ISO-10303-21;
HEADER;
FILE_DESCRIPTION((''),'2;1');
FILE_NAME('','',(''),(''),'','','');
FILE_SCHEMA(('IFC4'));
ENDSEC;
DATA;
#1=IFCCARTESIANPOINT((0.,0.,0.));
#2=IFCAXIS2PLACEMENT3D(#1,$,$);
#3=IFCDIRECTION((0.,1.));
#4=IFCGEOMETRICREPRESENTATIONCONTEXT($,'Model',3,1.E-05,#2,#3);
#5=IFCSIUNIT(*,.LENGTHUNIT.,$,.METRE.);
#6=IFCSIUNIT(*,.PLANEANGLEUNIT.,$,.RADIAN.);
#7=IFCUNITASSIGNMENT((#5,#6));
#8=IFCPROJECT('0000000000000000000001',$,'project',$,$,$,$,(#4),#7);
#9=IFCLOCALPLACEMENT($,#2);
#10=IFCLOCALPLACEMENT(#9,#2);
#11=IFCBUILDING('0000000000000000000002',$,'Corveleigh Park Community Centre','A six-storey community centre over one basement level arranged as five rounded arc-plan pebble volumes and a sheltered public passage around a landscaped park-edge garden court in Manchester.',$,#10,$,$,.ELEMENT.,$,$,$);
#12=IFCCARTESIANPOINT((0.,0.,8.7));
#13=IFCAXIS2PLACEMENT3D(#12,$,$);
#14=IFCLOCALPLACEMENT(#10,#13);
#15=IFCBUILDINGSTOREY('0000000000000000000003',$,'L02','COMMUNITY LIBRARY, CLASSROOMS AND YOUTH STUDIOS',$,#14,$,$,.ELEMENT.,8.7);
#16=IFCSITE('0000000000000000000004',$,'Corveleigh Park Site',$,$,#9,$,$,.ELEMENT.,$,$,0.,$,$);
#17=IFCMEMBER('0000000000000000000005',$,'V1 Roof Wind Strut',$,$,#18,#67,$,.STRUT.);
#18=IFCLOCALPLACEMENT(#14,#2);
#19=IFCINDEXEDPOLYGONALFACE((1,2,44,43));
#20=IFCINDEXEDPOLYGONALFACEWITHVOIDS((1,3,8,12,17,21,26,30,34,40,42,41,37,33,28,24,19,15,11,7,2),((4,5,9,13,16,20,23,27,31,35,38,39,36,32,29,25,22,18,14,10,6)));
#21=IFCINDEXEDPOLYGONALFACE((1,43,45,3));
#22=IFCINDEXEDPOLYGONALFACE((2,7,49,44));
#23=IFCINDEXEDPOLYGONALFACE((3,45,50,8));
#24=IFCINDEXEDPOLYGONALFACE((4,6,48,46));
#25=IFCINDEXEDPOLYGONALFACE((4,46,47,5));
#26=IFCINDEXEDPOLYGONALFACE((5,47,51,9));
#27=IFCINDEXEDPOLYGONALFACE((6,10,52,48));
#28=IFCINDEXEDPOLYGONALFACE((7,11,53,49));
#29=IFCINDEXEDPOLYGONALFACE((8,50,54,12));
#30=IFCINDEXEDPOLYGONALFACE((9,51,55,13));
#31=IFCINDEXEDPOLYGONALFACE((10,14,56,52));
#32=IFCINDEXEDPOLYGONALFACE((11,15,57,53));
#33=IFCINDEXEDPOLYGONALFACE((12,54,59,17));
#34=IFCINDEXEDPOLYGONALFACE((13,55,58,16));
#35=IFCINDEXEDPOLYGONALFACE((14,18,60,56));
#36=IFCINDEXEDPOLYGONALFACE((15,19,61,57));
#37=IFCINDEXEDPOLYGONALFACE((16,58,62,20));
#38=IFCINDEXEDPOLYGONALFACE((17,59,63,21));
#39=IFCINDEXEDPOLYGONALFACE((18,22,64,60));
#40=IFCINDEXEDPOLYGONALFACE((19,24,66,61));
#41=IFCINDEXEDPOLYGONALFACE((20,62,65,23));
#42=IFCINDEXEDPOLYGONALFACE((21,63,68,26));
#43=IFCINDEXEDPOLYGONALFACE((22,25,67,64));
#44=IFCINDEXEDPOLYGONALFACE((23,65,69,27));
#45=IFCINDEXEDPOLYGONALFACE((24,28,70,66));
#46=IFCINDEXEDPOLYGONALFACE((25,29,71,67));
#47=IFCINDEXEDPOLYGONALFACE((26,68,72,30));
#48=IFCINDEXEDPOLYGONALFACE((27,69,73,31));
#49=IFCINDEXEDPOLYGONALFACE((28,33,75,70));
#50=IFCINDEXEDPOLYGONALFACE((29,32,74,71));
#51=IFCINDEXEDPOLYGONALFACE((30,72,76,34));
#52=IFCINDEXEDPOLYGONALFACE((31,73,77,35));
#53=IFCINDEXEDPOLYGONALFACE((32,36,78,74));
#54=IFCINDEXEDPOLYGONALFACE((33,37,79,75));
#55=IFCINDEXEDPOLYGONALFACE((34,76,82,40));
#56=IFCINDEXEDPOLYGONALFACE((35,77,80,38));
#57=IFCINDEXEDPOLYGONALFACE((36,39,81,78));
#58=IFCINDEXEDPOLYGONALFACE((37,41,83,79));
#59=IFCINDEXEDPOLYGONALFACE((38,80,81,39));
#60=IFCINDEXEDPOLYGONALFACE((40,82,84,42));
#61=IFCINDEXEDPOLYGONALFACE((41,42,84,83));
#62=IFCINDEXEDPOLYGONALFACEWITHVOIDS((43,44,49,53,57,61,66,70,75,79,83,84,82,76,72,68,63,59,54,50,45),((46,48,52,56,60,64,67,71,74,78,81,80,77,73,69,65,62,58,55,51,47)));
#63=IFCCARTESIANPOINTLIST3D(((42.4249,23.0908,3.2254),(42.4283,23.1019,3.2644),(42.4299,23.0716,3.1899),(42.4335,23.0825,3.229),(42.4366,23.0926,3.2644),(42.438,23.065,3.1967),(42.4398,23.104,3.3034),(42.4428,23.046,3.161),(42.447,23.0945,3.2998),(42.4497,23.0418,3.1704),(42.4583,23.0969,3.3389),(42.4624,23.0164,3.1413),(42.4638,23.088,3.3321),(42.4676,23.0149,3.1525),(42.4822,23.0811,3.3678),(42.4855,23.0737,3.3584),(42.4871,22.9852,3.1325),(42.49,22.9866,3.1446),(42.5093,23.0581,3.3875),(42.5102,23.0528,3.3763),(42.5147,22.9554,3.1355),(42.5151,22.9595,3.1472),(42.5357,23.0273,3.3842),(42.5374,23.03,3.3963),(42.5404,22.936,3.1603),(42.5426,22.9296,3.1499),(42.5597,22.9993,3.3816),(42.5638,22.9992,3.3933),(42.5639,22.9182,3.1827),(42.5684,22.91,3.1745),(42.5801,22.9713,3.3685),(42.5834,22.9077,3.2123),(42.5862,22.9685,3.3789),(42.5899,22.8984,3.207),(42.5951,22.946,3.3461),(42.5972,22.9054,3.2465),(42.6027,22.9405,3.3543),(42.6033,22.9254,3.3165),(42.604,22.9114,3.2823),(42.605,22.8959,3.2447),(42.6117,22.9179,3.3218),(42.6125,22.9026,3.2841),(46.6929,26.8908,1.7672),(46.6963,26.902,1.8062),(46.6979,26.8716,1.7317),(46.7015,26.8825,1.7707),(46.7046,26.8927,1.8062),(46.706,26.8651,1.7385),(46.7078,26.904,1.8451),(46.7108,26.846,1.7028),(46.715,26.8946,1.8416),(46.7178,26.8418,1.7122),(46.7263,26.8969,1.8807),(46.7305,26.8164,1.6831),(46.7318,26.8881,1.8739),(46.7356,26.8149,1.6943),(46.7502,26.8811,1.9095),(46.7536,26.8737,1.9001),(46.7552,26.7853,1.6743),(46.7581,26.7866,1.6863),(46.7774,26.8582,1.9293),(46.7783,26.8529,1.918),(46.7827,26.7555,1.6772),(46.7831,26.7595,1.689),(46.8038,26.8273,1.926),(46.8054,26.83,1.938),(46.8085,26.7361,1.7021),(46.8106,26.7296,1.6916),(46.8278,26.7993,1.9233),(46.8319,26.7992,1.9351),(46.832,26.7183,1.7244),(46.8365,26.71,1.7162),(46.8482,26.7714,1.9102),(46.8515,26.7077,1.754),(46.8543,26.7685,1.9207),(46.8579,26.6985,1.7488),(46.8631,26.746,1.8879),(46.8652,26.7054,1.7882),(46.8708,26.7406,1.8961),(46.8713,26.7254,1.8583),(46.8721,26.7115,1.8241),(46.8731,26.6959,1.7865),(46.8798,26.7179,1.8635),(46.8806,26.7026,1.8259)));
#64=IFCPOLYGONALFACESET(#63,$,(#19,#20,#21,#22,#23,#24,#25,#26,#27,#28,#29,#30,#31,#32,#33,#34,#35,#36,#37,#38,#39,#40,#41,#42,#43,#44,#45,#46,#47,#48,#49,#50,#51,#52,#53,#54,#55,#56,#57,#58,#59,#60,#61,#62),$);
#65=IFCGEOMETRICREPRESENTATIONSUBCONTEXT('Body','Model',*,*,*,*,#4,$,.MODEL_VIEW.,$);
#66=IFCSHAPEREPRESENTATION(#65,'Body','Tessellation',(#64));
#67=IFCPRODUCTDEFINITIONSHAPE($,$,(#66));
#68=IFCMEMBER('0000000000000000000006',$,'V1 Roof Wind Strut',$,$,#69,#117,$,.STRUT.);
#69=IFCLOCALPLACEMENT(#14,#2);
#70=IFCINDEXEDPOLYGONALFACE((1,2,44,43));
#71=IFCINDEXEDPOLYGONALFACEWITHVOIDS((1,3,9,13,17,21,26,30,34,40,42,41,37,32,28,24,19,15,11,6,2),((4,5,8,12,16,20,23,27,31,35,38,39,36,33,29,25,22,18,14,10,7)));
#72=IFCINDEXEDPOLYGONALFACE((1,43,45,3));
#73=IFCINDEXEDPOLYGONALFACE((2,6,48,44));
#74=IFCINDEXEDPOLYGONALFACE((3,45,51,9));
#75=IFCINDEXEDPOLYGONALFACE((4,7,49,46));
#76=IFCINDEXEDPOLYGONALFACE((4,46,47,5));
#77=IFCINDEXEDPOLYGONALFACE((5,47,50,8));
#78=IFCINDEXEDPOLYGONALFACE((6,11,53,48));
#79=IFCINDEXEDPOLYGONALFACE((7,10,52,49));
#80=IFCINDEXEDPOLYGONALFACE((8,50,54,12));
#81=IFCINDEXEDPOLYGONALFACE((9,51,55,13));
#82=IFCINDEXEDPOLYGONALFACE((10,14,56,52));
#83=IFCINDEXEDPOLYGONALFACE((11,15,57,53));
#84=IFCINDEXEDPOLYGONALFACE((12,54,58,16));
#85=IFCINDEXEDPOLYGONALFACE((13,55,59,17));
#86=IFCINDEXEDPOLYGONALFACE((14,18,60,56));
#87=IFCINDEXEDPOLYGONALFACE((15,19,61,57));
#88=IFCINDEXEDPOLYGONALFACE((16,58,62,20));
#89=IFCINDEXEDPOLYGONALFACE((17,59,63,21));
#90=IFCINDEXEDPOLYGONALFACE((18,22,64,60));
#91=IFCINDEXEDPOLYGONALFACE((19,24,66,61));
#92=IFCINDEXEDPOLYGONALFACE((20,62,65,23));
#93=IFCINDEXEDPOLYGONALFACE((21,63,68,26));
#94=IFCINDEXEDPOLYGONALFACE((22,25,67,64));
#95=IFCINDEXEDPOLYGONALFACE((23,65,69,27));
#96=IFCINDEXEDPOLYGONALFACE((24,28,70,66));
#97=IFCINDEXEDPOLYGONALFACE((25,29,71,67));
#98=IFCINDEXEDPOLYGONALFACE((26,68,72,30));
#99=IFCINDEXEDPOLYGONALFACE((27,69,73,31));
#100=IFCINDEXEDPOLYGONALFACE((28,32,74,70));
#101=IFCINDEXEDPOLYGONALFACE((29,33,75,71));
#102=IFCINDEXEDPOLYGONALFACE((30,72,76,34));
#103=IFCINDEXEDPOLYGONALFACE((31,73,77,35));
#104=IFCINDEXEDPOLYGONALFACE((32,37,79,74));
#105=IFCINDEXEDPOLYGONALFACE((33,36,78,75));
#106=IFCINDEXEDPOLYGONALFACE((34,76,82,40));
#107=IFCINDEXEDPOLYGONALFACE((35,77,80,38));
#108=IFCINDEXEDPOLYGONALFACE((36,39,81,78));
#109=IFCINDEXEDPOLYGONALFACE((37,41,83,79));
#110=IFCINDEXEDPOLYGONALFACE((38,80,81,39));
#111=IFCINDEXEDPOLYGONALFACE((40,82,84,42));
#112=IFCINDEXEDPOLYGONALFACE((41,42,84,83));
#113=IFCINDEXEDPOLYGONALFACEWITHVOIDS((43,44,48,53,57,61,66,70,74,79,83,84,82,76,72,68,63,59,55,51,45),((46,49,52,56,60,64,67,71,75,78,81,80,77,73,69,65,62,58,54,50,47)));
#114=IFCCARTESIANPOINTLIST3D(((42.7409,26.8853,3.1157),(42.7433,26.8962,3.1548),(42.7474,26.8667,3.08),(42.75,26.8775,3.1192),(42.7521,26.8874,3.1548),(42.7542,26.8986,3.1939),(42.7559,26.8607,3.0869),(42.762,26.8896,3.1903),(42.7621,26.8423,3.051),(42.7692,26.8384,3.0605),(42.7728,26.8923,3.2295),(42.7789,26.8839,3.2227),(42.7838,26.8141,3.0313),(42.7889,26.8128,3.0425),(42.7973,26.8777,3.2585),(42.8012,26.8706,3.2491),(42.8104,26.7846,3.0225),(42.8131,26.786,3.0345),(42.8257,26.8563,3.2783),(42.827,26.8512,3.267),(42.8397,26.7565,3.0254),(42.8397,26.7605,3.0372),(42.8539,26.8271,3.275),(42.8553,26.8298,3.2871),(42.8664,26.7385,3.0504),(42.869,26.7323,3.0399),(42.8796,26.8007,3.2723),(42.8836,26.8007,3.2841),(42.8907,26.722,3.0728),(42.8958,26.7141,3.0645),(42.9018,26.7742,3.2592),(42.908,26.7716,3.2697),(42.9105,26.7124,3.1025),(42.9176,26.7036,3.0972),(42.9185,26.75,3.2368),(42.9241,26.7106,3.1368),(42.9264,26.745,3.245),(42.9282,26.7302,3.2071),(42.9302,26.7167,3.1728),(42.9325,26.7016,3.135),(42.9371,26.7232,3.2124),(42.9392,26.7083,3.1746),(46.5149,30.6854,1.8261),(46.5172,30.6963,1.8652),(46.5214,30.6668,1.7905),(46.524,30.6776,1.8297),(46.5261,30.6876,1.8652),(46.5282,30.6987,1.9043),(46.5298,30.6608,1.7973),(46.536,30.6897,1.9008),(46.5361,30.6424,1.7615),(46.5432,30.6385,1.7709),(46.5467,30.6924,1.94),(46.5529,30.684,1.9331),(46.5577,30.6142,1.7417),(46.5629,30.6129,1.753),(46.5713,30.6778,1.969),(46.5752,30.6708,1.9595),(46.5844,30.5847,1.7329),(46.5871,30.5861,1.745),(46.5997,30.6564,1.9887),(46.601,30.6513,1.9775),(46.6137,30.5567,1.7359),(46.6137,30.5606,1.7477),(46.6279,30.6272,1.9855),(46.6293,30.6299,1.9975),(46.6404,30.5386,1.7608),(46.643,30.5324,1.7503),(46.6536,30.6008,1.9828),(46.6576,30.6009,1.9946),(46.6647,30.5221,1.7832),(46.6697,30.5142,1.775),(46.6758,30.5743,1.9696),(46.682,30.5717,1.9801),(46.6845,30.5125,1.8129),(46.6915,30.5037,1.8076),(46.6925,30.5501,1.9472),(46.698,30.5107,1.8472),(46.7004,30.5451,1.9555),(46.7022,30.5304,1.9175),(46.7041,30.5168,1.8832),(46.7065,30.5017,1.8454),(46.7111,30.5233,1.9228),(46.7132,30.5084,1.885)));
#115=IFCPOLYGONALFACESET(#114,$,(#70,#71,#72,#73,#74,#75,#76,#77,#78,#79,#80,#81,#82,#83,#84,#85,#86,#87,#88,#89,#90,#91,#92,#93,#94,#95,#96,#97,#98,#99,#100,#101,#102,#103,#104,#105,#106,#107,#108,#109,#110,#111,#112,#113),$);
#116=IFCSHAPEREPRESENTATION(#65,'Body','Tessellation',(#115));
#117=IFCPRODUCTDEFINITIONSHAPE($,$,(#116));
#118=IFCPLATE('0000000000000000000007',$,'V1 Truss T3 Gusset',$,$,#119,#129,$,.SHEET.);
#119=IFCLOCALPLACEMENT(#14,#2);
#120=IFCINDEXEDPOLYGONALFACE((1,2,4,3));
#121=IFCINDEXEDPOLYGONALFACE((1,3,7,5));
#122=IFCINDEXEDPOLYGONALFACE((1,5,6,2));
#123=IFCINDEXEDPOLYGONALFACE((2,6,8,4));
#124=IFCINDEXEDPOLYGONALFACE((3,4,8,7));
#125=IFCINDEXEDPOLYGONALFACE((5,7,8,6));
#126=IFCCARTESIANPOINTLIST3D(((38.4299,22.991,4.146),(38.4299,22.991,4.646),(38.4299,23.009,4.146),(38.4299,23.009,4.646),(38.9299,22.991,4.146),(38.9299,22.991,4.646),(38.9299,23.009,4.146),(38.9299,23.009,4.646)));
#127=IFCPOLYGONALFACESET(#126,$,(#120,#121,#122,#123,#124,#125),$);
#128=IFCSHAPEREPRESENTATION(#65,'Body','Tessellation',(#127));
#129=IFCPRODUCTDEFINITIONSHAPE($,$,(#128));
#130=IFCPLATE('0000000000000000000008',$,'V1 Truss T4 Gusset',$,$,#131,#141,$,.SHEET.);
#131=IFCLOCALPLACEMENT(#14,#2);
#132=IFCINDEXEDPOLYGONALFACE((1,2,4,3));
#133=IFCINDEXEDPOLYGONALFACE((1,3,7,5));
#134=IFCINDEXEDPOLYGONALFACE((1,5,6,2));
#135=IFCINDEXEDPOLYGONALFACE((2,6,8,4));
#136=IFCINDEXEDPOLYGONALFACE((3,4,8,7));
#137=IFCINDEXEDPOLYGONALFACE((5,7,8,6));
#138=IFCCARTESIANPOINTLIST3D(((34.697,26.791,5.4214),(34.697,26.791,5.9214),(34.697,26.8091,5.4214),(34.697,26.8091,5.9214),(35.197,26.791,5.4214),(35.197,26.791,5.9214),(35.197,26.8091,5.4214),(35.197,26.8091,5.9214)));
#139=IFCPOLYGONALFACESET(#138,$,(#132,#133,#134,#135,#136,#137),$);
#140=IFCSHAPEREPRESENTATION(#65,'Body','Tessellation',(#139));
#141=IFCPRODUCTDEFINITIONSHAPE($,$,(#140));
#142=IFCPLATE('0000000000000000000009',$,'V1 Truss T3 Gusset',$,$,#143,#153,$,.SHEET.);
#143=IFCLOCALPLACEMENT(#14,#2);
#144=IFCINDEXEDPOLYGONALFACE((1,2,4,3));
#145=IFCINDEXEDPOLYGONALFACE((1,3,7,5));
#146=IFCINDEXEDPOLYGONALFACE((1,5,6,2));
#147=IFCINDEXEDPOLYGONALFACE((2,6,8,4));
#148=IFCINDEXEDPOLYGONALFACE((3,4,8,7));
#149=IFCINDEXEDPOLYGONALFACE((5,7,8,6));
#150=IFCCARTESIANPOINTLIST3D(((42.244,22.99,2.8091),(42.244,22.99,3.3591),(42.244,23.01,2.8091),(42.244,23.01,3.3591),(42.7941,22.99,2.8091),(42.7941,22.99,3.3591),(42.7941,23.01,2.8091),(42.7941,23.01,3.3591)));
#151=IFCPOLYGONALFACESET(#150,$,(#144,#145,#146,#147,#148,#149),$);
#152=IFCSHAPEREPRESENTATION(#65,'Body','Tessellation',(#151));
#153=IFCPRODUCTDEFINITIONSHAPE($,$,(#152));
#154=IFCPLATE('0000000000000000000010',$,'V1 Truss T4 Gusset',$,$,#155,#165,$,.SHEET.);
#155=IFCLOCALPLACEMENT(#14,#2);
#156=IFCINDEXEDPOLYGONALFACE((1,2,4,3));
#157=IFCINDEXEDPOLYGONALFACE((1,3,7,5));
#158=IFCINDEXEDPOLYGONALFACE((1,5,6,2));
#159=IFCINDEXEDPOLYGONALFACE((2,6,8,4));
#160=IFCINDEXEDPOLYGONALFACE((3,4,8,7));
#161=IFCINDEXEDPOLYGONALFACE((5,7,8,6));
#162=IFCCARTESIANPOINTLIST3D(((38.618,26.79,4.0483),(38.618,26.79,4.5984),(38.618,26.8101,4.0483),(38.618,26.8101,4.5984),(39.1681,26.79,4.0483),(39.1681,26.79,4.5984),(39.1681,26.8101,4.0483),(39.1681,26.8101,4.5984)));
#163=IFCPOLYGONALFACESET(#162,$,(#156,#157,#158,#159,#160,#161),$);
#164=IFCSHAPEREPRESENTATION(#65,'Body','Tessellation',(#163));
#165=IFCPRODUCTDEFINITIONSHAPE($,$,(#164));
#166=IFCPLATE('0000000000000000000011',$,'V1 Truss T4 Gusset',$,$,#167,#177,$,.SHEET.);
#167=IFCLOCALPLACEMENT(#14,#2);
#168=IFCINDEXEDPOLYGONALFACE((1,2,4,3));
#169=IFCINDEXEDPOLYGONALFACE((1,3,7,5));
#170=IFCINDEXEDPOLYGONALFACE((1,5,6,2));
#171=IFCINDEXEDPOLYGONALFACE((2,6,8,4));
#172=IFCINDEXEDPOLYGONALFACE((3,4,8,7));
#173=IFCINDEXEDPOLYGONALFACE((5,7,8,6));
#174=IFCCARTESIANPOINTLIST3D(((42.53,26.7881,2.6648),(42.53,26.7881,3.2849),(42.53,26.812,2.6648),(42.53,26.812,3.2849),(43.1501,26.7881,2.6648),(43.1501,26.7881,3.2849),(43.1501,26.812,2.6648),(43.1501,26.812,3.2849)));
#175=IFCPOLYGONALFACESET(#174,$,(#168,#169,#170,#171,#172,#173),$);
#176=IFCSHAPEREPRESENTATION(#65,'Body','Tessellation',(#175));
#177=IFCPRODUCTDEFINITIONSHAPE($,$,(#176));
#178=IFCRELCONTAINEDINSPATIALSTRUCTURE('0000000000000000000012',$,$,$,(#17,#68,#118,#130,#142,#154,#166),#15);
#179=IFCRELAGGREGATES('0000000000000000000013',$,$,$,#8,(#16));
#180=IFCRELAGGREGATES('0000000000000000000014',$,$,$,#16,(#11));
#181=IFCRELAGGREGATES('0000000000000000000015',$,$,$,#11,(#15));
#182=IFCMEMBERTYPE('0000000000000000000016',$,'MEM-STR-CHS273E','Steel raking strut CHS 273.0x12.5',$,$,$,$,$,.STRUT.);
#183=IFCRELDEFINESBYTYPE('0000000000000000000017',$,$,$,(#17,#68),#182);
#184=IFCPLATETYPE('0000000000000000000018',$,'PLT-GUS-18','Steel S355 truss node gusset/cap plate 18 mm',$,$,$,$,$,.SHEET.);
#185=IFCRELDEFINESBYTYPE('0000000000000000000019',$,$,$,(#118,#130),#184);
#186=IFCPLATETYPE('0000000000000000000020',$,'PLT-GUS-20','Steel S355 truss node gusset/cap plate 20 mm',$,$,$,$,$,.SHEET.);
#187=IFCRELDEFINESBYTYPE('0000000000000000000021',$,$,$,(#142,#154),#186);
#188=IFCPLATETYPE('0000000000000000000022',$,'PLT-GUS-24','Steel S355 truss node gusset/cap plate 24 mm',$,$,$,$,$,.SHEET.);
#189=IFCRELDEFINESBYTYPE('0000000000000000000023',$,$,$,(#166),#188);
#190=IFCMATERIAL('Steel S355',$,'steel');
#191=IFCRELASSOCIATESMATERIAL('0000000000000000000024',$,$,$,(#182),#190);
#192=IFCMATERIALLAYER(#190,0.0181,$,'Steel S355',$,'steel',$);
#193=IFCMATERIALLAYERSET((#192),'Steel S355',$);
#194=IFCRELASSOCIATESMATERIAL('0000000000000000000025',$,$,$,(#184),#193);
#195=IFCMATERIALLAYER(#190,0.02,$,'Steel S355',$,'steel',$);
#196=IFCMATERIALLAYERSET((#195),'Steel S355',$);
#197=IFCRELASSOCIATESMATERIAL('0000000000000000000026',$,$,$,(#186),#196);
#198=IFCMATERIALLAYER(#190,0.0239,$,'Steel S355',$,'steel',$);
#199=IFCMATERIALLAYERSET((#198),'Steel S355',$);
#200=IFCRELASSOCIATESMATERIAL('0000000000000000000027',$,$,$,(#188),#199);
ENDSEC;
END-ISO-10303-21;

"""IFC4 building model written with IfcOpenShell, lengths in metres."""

from ifc_helpers import new_model, si_unit, direction, frame, origin, origin_2d, place, context, subcontext, project, spatial, rectangle, hollow_circle, extrude, material, layer, layer_set, material_profile, profile_set, type_object, element, save


model = new_model("IFC4")

# Units and contexts
model_context = context("Model", 3, precision=1e-05, world=origin(), true_north=direction((0.0, 1.0)))
body_context = subcontext(model_context, "Body", "Model", "MODEL_VIEW")
ifc_project = project(units=[si_unit("LENGTHUNIT", "METRE"), si_unit("PLANEANGLEUNIT", "RADIAN")], contexts=[model_context])

# Site, building, storey
site_placement = place(None, origin())
site = spatial("IfcSite", under=ifc_project, at=site_placement, Name="Corveleigh Park Site", CompositionType="ELEMENT", RefElevation=0.0)
building_placement = place(site_placement, origin())
building = spatial("IfcBuilding", under=site, at=building_placement, Name="Corveleigh Park Community Centre", Description="A six-storey community centre over one basement level arranged as five rounded arc-plan pebble volumes and a sheltered public passage around a landscaped park-edge garden court in Manchester.", CompositionType="ELEMENT")
storey_placement = place(building_placement, frame((0.0, 0.0, 8.7)))
storey = spatial("IfcBuildingStorey", under=building, at=storey_placement, Name="L02", Description="COMMUNITY LIBRARY, CLASSROOMS AND YOUTH STUDIOS", CompositionType="ELEMENT", Elevation=8.7)

# Members
ifc_material_1 = material(Name="Steel S355", Category="steel")
ifc_material_profile_1 = material_profile(ifc_material_1, hollow_circle(Radius=0.1365, WallThickness=0.0125, at=origin_2d()), Name="CHS 273.0x12.5", Category="steel")
ifc_profile_set_1 = profile_set([ifc_material_profile_1], Name="Steel S355")
member_type_1 = type_object("IfcMemberType", Name="MEM-STR-CHS273E", Description="Steel raking strut CHS 273.0x12.5", PredefinedType="STRUT", material=ifc_profile_set_1)
member_1_placement = place(storey_placement, frame((42.519, 23.0, 3.2644), z_axis=(0.723679, 0.644324, -0.247256), x_axis=(-0.664971, 0.746869, 0.0)))
element("IfcMember", 1, at=member_1_placement, inside=storey, type_object=member_type_1, Name="V1 Roof Wind Strut", PredefinedType="STRUT", context=body_context, shape_type="SweptSolid", body=[
    extrude(hollow_circle(Radius=0.1365, WallThickness=0.0125, at=origin_2d()), origin(), (0.0, 0.0, 1.0), 5.8977),
])
member_2_placement = place(storey_placement, frame((42.8401, 26.8, 3.1548), z_axis=(0.685084, 0.689826, -0.234093), x_axis=(-0.709541, 0.704664, 0.0)))
element("IfcMember", 2, at=member_2_placement, inside=storey, type_object=member_type_1, Name="V1 Roof Wind Strut", PredefinedType="STRUT", context=body_context, shape_type="SweptSolid", body=[
    extrude(hollow_circle(Radius=0.1365, WallThickness=0.0125, at=origin_2d()), origin(), (0.0, 0.0, 1.0), 5.5088),
])

# Plates
ifc_layer_1 = layer(ifc_material_1, 0.0181, Name="Steel S355", Category="steel")
ifc_layer_set_1 = layer_set([ifc_layer_1], Name="Steel S355")
plate_type_1 = type_object("IfcPlateType", Name="PLT-GUS-18", Description="Steel S355 truss node gusset/cap plate 18 mm", PredefinedType="SHEET", material=ifc_layer_set_1)
for number, where, z_axis, x_axis, name in (
    (3, (38.6799, 23.0, 4.146), (0.0, 0.0, 1.0), (1.0, 0.0, 0.0), "V1 Truss T3 Gusset"),
    (4, (34.947, 26.8, 5.4214), (0.0, 0.0, 1.0), (1.0, 0.0, 0.0), "V1 Truss T4 Gusset"),
):
    element("IfcPlate", number, at=place(storey_placement, frame(where, z_axis=z_axis, x_axis=x_axis)), inside=storey, type_object=plate_type_1, Name=name, PredefinedType="SHEET", context=body_context, shape_type="SweptSolid", body=[
        extrude(rectangle(XDim=0.5, YDim=0.0181, at=origin_2d()), origin(), (0.0, 0.0, 1.0), 0.5),
    ])
ifc_layer_2 = layer(ifc_material_1, 0.02, Name="Steel S355", Category="steel")
ifc_layer_set_2 = layer_set([ifc_layer_2], Name="Steel S355")
plate_type_2 = type_object("IfcPlateType", Name="PLT-GUS-20", Description="Steel S355 truss node gusset/cap plate 20 mm", PredefinedType="SHEET", material=ifc_layer_set_2)
for number, where, z_axis, x_axis, name in (
    (5, (42.519, 23.0, 2.8091), (0.0, 0.0, 1.0), (1.0, 0.0, 0.0), "V1 Truss T3 Gusset"),
    (6, (38.8931, 26.8, 4.0483), (0.0, 0.0, 1.0), (1.0, 0.0, 0.0), "V1 Truss T4 Gusset"),
):
    element("IfcPlate", number, at=place(storey_placement, frame(where, z_axis=z_axis, x_axis=x_axis)), inside=storey, type_object=plate_type_2, Name=name, PredefinedType="SHEET", context=body_context, shape_type="SweptSolid", body=[
        extrude(rectangle(XDim=0.55, YDim=0.02, at=origin_2d()), origin(), (0.0, 0.0, 1.0), 0.55),
    ])
ifc_layer_3 = layer(ifc_material_1, 0.0239, Name="Steel S355", Category="steel")
ifc_layer_set_3 = layer_set([ifc_layer_3], Name="Steel S355")
plate_type_3 = type_object("IfcPlateType", Name="PLT-GUS-24", Description="Steel S355 truss node gusset/cap plate 24 mm", PredefinedType="SHEET", material=ifc_layer_set_3)
plate_placement = place(storey_placement, frame((42.8401, 26.8, 2.6648), z_axis=(0.0, 0.0, 1.0), x_axis=(1.0, 0.0, 0.0)))
element("IfcPlate", 7, at=plate_placement, inside=storey, type_object=plate_type_3, Name="V1 Truss T4 Gusset", PredefinedType="SHEET", context=body_context, shape_type="SweptSolid", body=[
    extrude(rectangle(XDim=0.6201, YDim=0.0239, at=origin_2d()), origin(), (0.0, 0.0, 1.0), 0.6201),
])

save(model, "model.ifc")
